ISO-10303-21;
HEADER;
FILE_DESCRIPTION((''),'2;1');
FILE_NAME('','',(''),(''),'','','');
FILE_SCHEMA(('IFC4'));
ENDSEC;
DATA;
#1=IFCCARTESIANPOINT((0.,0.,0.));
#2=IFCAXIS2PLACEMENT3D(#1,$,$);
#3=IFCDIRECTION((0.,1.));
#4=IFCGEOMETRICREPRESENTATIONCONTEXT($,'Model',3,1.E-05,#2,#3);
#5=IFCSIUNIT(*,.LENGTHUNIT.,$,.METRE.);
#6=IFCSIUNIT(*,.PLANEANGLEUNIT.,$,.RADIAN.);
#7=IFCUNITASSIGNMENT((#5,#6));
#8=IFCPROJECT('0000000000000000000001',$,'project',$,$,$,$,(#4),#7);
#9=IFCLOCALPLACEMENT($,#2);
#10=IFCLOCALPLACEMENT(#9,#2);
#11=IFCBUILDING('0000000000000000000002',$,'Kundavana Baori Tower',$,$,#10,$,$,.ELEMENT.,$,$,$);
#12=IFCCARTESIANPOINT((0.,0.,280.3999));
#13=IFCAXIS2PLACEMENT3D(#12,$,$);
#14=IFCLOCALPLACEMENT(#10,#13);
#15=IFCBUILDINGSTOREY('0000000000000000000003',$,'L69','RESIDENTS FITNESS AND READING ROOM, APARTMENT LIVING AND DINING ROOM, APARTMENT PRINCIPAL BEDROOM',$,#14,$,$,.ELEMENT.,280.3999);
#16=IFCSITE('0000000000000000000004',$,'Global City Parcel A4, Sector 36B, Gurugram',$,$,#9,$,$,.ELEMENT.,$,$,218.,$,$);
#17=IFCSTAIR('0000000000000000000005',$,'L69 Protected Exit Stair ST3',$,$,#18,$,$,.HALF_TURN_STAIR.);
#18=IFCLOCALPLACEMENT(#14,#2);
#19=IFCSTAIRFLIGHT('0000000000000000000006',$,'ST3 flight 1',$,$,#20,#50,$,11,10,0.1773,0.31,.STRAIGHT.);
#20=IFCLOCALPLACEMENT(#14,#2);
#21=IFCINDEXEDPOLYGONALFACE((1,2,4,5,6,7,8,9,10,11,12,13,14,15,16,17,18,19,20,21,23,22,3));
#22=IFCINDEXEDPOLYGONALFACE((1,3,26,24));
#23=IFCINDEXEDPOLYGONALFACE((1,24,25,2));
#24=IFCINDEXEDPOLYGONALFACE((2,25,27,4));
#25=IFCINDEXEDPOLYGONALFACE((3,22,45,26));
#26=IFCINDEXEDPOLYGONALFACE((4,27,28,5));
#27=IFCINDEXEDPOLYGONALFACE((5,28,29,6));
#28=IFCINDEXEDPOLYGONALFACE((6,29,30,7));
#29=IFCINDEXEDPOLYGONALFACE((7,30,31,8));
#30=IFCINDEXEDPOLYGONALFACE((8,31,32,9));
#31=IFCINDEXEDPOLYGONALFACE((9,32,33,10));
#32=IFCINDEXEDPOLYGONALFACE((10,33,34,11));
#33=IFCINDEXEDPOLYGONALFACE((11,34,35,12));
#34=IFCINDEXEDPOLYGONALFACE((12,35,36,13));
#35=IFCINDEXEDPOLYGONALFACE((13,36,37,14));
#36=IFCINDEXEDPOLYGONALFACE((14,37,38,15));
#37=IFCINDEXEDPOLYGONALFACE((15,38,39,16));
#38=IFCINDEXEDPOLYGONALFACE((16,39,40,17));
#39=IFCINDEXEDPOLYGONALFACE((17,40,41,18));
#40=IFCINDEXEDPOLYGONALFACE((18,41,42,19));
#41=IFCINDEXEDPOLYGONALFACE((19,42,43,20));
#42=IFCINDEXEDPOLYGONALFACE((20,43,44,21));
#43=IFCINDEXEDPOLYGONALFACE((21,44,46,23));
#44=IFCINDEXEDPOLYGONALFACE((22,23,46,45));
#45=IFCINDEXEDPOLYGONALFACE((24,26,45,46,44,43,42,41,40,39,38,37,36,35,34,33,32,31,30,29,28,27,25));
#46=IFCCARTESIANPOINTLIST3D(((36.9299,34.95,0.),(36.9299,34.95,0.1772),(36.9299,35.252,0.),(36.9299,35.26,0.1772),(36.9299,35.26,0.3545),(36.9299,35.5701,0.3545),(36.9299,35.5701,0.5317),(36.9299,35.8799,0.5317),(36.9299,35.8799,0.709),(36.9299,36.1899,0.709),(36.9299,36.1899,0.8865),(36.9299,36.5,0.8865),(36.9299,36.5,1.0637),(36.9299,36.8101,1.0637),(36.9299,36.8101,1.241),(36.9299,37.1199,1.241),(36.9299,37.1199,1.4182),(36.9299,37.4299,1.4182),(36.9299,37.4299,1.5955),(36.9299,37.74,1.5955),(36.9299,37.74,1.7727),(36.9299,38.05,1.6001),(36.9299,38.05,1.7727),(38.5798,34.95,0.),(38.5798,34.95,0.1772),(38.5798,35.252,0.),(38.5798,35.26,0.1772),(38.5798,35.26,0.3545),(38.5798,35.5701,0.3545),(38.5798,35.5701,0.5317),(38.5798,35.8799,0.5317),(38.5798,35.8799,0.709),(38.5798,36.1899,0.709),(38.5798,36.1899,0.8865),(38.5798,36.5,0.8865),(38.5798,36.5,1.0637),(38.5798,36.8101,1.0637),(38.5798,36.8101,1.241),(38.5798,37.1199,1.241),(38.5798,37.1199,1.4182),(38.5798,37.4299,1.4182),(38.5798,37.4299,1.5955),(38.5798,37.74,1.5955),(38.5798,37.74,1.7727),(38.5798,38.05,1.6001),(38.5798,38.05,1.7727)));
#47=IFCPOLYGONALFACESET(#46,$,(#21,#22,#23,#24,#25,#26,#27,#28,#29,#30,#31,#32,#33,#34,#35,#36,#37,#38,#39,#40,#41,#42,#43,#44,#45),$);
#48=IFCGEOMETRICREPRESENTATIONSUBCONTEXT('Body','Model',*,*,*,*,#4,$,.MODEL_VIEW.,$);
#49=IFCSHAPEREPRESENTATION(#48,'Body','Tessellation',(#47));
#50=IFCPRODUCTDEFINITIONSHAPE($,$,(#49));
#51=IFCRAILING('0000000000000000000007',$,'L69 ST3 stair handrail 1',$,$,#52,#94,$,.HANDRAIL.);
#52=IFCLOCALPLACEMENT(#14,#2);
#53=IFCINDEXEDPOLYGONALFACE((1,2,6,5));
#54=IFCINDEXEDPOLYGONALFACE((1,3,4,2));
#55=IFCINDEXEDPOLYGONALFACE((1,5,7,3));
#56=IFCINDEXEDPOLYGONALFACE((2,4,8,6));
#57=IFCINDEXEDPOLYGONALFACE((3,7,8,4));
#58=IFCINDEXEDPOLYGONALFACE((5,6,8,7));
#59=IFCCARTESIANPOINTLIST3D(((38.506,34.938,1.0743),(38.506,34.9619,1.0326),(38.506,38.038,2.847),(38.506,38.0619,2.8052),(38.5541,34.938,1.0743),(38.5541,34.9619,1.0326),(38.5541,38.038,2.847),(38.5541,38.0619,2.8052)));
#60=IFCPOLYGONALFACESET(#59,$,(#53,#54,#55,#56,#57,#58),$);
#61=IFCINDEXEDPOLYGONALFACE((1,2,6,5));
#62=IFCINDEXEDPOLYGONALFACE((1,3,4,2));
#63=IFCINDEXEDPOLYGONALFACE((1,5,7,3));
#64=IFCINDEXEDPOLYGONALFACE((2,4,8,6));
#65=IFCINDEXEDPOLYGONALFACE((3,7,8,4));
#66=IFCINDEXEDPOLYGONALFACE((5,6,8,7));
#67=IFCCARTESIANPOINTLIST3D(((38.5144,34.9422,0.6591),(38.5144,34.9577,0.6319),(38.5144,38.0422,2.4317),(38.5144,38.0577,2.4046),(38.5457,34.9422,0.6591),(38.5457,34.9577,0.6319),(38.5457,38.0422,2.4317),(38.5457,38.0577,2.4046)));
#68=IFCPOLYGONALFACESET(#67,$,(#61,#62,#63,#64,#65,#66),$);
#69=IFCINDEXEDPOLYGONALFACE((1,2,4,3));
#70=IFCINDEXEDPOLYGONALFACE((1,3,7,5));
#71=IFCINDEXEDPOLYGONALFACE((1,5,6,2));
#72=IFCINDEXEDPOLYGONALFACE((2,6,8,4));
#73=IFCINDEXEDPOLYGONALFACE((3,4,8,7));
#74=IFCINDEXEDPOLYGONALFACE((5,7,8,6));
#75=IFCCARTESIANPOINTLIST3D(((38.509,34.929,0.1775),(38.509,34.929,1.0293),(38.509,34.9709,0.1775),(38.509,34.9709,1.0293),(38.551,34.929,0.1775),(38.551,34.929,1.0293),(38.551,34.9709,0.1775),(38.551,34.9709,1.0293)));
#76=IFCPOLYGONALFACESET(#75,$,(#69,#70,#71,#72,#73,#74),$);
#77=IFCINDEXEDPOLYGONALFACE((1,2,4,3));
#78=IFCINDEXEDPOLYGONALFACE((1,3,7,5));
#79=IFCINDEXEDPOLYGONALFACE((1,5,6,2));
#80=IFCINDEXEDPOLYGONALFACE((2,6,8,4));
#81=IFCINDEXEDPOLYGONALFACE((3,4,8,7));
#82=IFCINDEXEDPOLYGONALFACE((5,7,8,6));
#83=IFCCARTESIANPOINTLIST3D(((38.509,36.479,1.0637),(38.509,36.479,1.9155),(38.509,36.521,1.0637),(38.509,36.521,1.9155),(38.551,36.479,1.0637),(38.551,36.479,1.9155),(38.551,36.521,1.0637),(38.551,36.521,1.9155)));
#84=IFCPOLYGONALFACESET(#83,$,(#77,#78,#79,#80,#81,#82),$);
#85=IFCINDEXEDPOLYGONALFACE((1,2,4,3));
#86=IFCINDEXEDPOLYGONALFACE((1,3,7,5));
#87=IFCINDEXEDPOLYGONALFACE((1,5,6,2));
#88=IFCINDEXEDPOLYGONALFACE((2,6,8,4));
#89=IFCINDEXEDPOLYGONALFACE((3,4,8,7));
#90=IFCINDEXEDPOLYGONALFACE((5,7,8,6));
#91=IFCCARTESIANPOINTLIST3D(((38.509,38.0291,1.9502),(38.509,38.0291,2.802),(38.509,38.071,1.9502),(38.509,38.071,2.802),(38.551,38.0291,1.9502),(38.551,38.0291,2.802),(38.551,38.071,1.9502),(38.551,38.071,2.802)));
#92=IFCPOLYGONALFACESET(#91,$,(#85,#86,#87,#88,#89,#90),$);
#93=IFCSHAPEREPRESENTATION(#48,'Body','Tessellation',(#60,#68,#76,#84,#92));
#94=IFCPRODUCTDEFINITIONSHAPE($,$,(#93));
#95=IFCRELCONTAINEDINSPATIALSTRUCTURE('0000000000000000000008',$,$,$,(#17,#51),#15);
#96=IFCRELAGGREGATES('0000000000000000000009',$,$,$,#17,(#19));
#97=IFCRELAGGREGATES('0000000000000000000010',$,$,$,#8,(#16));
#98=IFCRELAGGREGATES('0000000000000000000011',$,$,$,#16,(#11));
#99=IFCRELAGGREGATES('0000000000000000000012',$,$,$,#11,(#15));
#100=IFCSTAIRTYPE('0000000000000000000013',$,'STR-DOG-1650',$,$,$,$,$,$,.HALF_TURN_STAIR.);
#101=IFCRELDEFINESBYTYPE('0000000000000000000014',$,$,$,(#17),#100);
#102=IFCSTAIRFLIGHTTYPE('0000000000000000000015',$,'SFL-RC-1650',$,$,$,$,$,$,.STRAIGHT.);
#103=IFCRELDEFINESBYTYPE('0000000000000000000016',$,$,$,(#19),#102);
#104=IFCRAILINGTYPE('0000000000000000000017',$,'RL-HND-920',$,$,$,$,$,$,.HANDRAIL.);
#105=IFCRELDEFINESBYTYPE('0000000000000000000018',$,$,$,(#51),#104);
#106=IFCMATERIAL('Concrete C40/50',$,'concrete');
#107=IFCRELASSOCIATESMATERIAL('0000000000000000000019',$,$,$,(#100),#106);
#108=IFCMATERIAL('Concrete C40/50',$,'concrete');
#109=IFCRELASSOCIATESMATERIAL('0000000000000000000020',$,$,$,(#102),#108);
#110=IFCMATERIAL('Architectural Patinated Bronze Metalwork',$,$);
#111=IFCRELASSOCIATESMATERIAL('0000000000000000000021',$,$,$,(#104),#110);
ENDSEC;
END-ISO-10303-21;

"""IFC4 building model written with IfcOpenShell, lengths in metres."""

from ifc_helpers import new_model, si_unit, direction, frame, origin, origin_2d, place, context, subcontext, project, spatial, polyline, rectangle, outline, extrude, material, type_object, element, aggregate, save


model = new_model("IFC4")

# Units and contexts
model_context = context("Model", 3, precision=1e-05, world=origin(), true_north=direction((0.0, 1.0)))
body_context = subcontext(model_context, "Body", "Model", "MODEL_VIEW")
ifc_project = project(units=[si_unit("LENGTHUNIT", "METRE"), si_unit("PLANEANGLEUNIT", "RADIAN")], contexts=[model_context])

# Site, building, storey
site_placement = place(None, origin())
site = spatial("IfcSite", under=ifc_project, at=site_placement, Name="Global City Parcel A4, Sector 36B, Gurugram", CompositionType="ELEMENT", RefElevation=218.0)
building_placement = place(site_placement, origin())
building = spatial("IfcBuilding", under=site, at=building_placement, Name="Kundavana Baori Tower", CompositionType="ELEMENT")
storey_placement = place(building_placement, frame((0.0, 0.0, 280.3999)))
storey = spatial("IfcBuildingStorey", under=building, at=storey_placement, Name="L69", Description="RESIDENTS FITNESS AND READING ROOM, APARTMENT LIVING AND DINING ROOM, APARTMENT PRINCIPAL BEDROOM", CompositionType="ELEMENT", Elevation=280.3999)

# Stair, stair flight
ifc_material_1 = material(Name="Concrete C40/50", Category="concrete")
stair_type = type_object("IfcStairType", Name="STR-DOG-1650", PredefinedType="HALF_TURN_STAIR", material=ifc_material_1)
stair_placement = place(storey_placement, origin())
stair = element("IfcStair", 1, at=stair_placement, inside=storey, type_object=stair_type, Name="L69 Protected Exit Stair ST3", PredefinedType="HALF_TURN_STAIR")
ifc_material_2 = material(Name="Concrete C40/50", Category="concrete")
stair_flight_type = type_object("IfcStairFlightType", Name="SFL-RC-1650", PredefinedType="STRAIGHT", material=ifc_material_2)
stair_flight_placement = place(storey_placement, frame((37.7549, 34.95, 0.0), z_axis=(0.0, 0.0, 1.0), x_axis=(0.0, 1.0, 0.0)))
stair_flight = element("IfcStairFlight", 2, at=stair_flight_placement, type_object=stair_flight_type, Name="ST3 flight 1", NumberOfRisers=11, NumberOfTreads=10, PredefinedType="STRAIGHT", RiserHeight=0.1773, TreadLength=0.31, context=body_context, shape_type="SweptSolid", body=[
    extrude(outline(polyline([(0.0, 0.0), (0.0, 0.1772), (0.3101, 0.1772), (0.3101, 0.3545), (0.6201, 0.3545), (0.6201, 0.5317), (0.9299, 0.5317), (0.9299, 0.709), (1.24, 0.709), (1.24, 0.8865), (1.55, 0.8865), (1.55, 1.0637), (1.8601, 1.0637), (1.8601, 1.241), (2.1699, 1.241), (2.1699, 1.4182), (2.48, 1.4182), (2.48, 1.5955), (2.79, 1.5955), (2.79, 1.7727), (3.1001, 1.7727), (3.1001, 1.95), (3.1001, 1.6001), (0.302, 0.0), (0.0, 0.0)])), frame((0.0, 0.825, 0.0), z_axis=(0.0, -1.0, 0.0), x_axis=(1.0, 0.0, 0.0)), (0.0, 0.0, 1.0), 1.6499),
])
aggregate(stair, [stair_flight])

# Railing
ifc_material_3 = material(Name="Architectural Patinated Bronze Metalwork")
railing_type_1 = type_object("IfcRailingType", Name="RL-HND-920", PredefinedType="HANDRAIL", material=ifc_material_3)
railing_1_placement = place(storey_placement, frame((38.53, 34.95, 0.1775)))
element("IfcRailing", 3, at=railing_1_placement, inside=storey, type_object=railing_type_1, Name="L69 ST3 stair handrail 1", PredefinedType="HANDRAIL", context=body_context, shape_type="SweptSolid", body=[
    extrude(rectangle(XDim=0.0481, YDim=0.0481, at=origin_2d()), frame((0.0, 0.0, 0.876), z_axis=(0.0, 0.868096, 0.496397), x_axis=(-1.0, 0.0, 0.0)), (0.0, 0.0, 1.0), 3.571),
    extrude(rectangle(XDim=0.0312, YDim=0.0312, at=origin_2d()), frame((0.0, 0.0, 0.468), z_axis=(0.0, 0.868096, 0.496397), x_axis=(-1.0, 0.0, 0.0)), (0.0, 0.0, 1.0), 3.571),
    extrude(rectangle(XDim=0.042, YDim=0.042, at=origin_2d()), origin(), (0.0, 0.0, 1.0), 0.8518),
    extrude(rectangle(XDim=0.042, YDim=0.042, at=origin_2d()), frame((0.0, 1.55, 0.8862)), (0.0, 0.0, 1.0), 0.8518),
    extrude(rectangle(XDim=0.042, YDim=0.042, at=origin_2d()), frame((0.0, 3.1001, 1.7727)), (0.0, 0.0, 1.0), 0.8518),
])

save(model, "model.ifc")
